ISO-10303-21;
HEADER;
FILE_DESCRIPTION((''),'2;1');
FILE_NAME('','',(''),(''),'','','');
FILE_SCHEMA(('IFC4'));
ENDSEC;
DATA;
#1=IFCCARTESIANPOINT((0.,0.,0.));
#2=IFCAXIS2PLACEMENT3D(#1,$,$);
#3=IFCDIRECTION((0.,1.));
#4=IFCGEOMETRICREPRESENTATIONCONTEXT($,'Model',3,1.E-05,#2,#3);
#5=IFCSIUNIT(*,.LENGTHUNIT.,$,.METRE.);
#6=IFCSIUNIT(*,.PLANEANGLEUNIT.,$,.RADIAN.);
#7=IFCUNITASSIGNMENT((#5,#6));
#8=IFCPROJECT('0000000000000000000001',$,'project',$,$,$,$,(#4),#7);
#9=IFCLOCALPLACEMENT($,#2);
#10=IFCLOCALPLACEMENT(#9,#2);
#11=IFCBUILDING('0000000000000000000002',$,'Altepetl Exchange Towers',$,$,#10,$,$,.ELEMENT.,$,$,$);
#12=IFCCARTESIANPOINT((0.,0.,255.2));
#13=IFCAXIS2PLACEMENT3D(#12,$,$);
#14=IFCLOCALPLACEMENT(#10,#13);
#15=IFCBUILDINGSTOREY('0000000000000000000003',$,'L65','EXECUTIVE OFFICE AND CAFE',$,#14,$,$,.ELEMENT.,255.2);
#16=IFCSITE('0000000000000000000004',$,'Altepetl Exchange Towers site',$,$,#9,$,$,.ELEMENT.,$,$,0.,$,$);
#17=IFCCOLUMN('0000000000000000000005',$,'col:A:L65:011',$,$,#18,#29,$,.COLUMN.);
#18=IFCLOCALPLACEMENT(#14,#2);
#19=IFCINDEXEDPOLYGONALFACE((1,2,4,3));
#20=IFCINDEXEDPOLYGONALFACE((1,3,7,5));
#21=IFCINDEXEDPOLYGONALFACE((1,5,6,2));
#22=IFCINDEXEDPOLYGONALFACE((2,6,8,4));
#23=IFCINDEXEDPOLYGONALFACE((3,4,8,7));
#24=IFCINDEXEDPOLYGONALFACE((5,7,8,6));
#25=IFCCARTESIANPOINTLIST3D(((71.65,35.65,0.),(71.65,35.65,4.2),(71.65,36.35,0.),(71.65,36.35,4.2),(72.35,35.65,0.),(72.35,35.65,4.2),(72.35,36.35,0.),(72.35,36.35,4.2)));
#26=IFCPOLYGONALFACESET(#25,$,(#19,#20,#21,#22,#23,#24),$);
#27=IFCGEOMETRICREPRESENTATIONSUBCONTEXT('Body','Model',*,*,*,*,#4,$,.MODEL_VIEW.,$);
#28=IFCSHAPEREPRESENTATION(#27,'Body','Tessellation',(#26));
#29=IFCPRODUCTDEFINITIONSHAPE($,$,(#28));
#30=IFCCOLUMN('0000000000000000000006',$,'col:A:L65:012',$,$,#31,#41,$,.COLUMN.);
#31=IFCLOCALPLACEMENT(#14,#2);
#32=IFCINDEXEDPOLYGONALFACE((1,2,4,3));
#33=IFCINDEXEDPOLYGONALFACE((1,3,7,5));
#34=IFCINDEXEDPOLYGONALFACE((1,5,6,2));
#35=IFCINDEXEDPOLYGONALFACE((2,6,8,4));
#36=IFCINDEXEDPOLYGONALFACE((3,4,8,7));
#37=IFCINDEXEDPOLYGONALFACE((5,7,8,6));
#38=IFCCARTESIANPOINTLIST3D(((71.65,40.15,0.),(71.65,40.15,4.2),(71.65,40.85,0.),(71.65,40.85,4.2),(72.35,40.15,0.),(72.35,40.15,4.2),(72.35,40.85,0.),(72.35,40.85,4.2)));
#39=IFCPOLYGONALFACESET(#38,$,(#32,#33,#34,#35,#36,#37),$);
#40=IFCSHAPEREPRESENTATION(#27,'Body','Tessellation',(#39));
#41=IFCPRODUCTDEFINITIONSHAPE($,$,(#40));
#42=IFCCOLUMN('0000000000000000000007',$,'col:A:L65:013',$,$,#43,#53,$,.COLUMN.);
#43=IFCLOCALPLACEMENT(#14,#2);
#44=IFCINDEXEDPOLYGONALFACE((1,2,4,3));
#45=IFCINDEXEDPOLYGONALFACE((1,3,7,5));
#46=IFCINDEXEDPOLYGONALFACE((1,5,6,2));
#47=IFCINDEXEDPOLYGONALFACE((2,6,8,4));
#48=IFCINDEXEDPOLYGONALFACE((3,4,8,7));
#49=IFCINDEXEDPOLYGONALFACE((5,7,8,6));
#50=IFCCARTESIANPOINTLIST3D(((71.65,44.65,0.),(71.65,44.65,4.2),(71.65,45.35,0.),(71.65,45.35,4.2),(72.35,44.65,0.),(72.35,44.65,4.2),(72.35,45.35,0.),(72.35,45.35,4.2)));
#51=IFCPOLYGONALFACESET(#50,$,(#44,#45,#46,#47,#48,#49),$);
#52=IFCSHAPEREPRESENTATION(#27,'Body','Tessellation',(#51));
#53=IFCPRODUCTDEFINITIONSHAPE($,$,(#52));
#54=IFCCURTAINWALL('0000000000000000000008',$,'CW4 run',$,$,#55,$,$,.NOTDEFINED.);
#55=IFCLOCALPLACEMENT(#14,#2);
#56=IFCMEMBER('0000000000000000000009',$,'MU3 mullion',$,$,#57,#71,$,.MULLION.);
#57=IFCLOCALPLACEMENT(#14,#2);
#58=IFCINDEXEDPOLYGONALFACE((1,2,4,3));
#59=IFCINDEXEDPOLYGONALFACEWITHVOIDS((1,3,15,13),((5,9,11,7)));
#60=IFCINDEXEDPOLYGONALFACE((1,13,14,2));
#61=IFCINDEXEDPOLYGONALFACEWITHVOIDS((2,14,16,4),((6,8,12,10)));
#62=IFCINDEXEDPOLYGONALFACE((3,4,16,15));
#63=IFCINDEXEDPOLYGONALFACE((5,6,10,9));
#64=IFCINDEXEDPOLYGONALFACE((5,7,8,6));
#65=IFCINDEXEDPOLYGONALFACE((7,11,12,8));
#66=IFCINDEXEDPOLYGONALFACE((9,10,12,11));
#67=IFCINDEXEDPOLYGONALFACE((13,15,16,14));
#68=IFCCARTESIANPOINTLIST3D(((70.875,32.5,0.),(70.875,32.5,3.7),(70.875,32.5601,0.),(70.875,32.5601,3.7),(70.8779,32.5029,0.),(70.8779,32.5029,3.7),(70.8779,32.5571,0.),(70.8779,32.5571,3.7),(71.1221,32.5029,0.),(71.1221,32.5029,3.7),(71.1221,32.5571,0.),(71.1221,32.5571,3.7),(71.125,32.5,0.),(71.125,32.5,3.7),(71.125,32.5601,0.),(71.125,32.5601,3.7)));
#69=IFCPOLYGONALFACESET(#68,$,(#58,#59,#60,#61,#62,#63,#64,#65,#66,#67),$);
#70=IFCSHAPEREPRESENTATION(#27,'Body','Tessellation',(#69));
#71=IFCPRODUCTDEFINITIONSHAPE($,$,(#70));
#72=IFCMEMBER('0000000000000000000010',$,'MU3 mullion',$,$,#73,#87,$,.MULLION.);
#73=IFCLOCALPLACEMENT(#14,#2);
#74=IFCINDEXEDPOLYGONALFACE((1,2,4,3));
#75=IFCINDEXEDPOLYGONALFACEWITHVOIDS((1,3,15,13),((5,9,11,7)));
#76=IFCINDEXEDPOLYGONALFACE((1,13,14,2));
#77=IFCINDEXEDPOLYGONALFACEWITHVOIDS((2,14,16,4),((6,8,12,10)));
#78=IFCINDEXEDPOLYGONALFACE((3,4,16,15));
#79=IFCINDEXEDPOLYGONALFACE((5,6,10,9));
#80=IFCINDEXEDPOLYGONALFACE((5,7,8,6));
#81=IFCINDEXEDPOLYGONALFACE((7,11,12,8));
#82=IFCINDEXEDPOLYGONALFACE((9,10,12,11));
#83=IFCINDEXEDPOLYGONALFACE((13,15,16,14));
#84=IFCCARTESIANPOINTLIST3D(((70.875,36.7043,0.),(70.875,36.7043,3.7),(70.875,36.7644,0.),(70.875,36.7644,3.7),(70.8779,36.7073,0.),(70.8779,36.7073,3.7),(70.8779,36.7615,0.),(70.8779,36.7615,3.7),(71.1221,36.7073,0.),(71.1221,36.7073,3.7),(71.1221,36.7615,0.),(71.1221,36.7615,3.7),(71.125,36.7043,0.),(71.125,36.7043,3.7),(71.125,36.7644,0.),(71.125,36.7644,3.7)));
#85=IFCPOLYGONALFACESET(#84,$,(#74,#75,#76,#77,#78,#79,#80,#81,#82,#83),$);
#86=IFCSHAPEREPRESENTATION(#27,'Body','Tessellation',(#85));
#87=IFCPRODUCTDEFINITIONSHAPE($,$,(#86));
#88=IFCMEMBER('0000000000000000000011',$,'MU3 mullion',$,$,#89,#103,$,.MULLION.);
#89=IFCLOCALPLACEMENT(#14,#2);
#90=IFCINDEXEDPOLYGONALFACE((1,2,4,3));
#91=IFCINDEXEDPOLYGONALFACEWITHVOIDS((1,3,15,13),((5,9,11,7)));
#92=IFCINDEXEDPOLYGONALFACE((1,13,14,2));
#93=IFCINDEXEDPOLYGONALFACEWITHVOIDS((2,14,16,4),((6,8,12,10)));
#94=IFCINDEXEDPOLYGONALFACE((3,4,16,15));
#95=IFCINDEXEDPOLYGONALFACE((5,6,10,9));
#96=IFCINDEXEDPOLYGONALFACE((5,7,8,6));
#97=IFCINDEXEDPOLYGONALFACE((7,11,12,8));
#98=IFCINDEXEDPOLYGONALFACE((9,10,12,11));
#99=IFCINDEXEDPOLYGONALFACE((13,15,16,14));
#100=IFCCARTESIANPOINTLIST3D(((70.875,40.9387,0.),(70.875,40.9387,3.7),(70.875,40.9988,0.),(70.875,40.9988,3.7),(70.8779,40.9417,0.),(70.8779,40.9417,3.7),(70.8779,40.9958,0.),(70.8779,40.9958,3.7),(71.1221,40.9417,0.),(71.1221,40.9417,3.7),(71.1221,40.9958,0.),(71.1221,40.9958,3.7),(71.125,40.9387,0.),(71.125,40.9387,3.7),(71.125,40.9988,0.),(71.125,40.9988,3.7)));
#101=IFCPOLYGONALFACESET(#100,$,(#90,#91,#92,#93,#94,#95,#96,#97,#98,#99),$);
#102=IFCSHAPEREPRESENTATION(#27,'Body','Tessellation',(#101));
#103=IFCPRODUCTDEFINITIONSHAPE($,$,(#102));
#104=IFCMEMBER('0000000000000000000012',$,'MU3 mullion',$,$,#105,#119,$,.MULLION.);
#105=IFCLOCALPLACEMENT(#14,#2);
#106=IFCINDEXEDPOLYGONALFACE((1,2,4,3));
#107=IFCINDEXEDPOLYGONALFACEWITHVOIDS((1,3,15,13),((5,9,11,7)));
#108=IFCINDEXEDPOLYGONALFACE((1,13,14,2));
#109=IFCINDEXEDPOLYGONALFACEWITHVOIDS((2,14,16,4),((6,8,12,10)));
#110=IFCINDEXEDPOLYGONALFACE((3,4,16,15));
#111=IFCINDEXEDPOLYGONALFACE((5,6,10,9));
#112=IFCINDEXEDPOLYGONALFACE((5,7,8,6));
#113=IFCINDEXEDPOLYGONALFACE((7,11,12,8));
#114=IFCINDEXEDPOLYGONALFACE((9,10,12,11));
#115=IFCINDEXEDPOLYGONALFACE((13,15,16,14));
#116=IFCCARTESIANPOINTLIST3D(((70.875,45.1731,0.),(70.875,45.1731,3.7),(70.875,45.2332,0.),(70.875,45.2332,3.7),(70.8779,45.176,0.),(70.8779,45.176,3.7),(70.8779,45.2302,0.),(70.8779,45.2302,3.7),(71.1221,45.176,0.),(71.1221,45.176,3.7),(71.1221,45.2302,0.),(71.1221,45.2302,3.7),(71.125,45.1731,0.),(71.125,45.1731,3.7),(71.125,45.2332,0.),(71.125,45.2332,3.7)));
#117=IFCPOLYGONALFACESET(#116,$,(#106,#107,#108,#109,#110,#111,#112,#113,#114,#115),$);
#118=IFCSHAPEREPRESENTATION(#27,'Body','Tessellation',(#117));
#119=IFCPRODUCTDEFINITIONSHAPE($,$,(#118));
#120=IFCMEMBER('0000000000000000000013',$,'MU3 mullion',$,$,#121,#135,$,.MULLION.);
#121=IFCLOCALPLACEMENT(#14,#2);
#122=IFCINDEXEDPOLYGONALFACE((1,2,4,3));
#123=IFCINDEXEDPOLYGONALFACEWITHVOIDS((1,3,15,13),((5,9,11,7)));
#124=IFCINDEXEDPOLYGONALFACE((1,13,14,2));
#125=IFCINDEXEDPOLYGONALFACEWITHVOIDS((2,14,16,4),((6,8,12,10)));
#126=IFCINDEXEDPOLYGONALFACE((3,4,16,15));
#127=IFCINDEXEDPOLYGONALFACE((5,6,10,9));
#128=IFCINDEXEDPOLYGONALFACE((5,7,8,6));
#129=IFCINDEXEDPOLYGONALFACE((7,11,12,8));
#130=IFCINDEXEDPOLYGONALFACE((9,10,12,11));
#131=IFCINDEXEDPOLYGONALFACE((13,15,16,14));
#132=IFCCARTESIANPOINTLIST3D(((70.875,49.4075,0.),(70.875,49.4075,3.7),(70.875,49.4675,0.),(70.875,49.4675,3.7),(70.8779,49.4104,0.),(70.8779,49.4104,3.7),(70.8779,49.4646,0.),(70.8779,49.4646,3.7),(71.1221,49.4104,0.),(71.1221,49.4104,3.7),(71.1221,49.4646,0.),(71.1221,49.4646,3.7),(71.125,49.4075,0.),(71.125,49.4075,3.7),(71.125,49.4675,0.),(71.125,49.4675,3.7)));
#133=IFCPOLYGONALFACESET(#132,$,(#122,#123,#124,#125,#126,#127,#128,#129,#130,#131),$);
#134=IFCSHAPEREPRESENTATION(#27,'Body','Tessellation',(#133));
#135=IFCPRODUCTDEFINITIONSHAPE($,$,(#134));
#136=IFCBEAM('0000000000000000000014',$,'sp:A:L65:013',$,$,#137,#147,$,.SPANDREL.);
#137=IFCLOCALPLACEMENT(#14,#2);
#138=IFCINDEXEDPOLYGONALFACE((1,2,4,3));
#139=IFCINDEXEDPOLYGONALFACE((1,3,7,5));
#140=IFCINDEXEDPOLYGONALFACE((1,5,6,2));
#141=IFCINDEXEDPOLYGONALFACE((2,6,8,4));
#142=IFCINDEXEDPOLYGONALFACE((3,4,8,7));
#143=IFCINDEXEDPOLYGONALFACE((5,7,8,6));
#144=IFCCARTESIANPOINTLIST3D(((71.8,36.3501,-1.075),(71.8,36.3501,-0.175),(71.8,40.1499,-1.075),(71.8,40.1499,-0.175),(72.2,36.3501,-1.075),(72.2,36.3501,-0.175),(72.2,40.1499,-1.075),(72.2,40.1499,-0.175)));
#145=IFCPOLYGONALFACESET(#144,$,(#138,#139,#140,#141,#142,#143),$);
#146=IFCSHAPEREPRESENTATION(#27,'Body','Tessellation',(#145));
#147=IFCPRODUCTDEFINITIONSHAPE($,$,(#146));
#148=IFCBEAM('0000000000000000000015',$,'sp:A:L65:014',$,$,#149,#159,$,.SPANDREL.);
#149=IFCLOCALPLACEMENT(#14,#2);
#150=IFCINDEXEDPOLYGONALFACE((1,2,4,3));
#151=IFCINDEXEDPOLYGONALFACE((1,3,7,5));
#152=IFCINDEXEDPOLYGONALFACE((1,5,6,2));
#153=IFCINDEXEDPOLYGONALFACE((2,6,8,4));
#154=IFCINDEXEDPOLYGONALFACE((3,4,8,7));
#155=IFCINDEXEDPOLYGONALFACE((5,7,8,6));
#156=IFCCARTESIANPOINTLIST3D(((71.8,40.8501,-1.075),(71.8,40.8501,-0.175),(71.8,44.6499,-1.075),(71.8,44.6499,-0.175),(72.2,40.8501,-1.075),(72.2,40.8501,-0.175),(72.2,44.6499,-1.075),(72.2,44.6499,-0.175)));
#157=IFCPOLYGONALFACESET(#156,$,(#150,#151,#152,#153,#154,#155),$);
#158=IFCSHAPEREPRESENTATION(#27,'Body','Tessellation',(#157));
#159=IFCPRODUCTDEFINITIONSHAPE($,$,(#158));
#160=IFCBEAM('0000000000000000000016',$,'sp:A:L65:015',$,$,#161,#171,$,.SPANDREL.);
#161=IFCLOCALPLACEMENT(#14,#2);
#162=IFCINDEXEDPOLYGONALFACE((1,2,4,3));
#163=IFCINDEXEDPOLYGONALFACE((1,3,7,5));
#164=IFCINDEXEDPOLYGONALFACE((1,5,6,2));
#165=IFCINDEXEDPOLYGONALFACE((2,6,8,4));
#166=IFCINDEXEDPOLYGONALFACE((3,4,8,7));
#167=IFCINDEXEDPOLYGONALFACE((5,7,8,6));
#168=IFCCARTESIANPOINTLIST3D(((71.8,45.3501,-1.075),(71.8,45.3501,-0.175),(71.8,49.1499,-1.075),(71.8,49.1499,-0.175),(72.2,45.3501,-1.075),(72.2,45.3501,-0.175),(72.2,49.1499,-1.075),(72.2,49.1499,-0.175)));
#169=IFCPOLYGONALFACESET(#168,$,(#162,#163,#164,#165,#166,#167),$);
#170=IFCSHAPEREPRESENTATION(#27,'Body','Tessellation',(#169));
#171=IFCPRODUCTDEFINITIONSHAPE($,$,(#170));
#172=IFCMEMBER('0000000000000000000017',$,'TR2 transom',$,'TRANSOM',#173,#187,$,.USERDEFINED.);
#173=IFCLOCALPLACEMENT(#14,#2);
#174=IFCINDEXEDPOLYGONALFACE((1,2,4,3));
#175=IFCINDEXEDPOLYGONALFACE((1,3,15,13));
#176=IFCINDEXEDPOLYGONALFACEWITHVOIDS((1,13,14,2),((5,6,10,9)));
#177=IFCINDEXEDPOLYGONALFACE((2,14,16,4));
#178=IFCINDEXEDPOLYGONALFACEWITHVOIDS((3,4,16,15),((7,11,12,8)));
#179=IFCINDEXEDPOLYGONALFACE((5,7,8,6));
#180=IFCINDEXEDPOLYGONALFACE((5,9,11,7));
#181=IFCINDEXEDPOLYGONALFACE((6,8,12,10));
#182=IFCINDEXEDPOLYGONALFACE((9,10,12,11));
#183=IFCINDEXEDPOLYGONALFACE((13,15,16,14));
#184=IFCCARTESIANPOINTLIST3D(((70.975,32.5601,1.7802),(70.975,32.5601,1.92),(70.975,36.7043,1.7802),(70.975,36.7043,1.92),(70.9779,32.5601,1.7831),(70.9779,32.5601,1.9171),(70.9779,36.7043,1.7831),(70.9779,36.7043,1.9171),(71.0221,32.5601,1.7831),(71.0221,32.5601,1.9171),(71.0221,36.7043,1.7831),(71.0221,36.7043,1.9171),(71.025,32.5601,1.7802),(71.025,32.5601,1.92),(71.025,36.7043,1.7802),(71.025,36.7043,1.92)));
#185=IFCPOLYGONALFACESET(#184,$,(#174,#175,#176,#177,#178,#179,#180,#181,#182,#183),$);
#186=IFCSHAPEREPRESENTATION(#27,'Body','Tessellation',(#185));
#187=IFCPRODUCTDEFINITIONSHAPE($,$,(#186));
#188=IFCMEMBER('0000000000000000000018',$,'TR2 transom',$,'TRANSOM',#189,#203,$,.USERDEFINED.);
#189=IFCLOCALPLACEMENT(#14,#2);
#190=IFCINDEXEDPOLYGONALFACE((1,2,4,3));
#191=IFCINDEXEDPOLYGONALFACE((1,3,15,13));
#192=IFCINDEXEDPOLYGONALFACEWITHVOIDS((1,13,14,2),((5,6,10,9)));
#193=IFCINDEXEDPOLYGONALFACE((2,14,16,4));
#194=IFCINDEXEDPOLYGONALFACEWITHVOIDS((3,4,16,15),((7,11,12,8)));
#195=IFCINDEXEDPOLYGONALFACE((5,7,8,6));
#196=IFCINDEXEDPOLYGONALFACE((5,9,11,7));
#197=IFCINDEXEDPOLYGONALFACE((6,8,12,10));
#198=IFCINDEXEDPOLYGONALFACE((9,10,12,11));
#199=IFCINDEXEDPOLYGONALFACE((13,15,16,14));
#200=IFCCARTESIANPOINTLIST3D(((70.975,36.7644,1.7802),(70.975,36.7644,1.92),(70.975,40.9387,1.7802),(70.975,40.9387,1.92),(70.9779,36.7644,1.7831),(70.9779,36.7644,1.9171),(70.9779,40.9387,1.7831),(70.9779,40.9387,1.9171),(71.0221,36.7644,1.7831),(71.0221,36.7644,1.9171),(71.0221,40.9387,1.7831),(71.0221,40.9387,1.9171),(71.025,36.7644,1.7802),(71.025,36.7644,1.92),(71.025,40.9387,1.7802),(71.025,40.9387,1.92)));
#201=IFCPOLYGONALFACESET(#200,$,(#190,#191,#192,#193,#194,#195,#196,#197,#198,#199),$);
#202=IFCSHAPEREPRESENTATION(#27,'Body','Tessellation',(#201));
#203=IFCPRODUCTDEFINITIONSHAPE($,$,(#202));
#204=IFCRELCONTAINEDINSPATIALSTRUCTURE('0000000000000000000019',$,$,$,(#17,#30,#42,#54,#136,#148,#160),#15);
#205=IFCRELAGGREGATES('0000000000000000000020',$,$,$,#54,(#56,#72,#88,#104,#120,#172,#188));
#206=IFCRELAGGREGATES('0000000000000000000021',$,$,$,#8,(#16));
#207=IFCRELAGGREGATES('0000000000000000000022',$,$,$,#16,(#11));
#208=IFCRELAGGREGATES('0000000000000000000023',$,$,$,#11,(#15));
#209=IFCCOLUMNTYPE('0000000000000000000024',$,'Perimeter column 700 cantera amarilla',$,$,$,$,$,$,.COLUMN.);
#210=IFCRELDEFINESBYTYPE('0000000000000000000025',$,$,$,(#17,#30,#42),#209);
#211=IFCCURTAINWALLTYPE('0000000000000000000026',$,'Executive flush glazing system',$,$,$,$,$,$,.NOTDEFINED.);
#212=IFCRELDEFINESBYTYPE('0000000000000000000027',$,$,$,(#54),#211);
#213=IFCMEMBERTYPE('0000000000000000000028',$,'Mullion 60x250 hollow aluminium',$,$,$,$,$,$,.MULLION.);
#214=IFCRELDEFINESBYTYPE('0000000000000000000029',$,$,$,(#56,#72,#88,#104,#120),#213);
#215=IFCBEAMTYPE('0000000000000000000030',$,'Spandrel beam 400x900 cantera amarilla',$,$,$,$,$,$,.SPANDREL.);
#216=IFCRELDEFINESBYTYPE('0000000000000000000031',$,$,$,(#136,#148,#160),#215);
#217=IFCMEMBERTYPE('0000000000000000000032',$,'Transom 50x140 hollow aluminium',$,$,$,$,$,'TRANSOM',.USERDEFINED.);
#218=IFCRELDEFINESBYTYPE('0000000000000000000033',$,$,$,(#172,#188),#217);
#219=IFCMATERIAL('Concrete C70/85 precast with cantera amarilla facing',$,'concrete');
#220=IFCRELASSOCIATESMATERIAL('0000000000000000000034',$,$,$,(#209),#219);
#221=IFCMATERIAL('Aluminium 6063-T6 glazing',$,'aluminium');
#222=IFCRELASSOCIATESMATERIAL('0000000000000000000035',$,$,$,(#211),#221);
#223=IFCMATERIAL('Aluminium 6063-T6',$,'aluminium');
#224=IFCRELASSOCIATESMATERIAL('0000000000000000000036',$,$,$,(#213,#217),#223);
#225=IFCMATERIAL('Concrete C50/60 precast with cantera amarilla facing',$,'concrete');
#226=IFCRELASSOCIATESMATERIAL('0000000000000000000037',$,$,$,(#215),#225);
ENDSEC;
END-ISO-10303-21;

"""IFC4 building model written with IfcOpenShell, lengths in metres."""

from ifc_helpers import new_model, si_unit, direction, frame, origin, origin_2d, place, context, subcontext, project, spatial, rectangle, hollow_rectangle, extrude, material, material_profile, profile_set, type_object, element, aggregate, save


model = new_model("IFC4")

# Units and contexts
model_context = context("Model", 3, precision=1e-05, world=origin(), true_north=direction((0.0, 1.0)))
body_context = subcontext(model_context, "Body", "Model", "MODEL_VIEW")
ifc_project = project(units=[si_unit("LENGTHUNIT", "METRE"), si_unit("PLANEANGLEUNIT", "RADIAN")], contexts=[model_context])

# Site, building, storey
site_placement = place(None, origin())
site = spatial("IfcSite", under=ifc_project, at=site_placement, Name="Altepetl Exchange Towers site", CompositionType="ELEMENT", RefElevation=0.0)
building_placement = place(site_placement, origin())
building = spatial("IfcBuilding", under=site, at=building_placement, Name="Altepetl Exchange Towers", CompositionType="ELEMENT")
storey_placement = place(building_placement, frame((0.0, 0.0, 255.2)))
storey = spatial("IfcBuildingStorey", under=building, at=storey_placement, Name="L65", Description="EXECUTIVE OFFICE AND CAFE", CompositionType="ELEMENT", Elevation=255.2)

# Columns
ifc_material_1 = material(Name="Concrete C70/85 precast with cantera amarilla facing", Category="concrete")
ifc_material_profile_1 = material_profile(ifc_material_1, rectangle(XDim=0.7, YDim=0.7, at=origin_2d()), Name="700 x 700")
ifc_profile_set_1 = profile_set([ifc_material_profile_1], Name="Concrete C70/85 precast with cantera amarilla facing")
column_type = type_object("IfcColumnType", Name="Perimeter column 700 cantera amarilla", PredefinedType="COLUMN", material=ifc_profile_set_1)
for number, where, name in (
    (1, (72.0, 36.0, 0.0), "col:A:L65:011"),
    (2, (72.0, 40.5, 0.0), "col:A:L65:012"),
    (3, (72.0, 45.0, 0.0), "col:A:L65:013"),
):
    element("IfcColumn", number, at=place(storey_placement, frame(where)), inside=storey, type_object=column_type, Name=name, PredefinedType="COLUMN", context=body_context, shape_type="SweptSolid", body=[
        extrude(rectangle(XDim=0.7, YDim=0.7, at=origin_2d()), origin(), (0.0, 0.0, 1.0), 4.2),
    ])

# Curtain wall, members
ifc_material_2 = material(Name="Aluminium 6063-T6 glazing", Category="aluminium")
curtain_wall_type = type_object("IfcCurtainWallType", Name="Executive flush glazing system", PredefinedType="NOTDEFINED", material=ifc_material_2)
curtain_wall_placement = place(storey_placement, origin())
curtain_wall = element("IfcCurtainWall", 4, at=curtain_wall_placement, inside=storey, type_object=curtain_wall_type, Name="CW4 run", PredefinedType="NOTDEFINED")
ifc_material_3 = material(Name="Aluminium 6063-T6", Category="aluminium")
ifc_material_profile_2 = material_profile(ifc_material_3, hollow_rectangle(XDim=0.0601, YDim=0.25, WallThickness=0.0029, at=origin_2d()), Name="Mullion 60x250 hollow aluminium")
ifc_profile_set_2 = profile_set([ifc_material_profile_2], Name="Aluminium 6063-T6")
member_type_1 = type_object("IfcMemberType", Name="Mullion 60x250 hollow aluminium", PredefinedType="MULLION", material=ifc_profile_set_2)
member_1_placement = place(storey_placement, frame((71.0, 32.53, 0.0), z_axis=(0.0, 0.0, 1.0), x_axis=(0.0, 1.0, 0.0)))
member_1 = element("IfcMember", 5, at=member_1_placement, type_object=member_type_1, Name="MU3 mullion", PredefinedType="MULLION", context=body_context, shape_type="SweptSolid", body=[
    extrude(hollow_rectangle(XDim=0.0601, YDim=0.25, WallThickness=0.0029, at=origin_2d()), origin(), (0.0, 0.0, 1.0), 3.7),
])
member_2_placement = place(storey_placement, frame((71.0, 36.7344, 0.0), z_axis=(0.0, 0.0, 1.0), x_axis=(0.0, 1.0, 0.0)))
member_2 = element("IfcMember", 6, at=member_2_placement, type_object=member_type_1, Name="MU3 mullion", PredefinedType="MULLION", context=body_context, shape_type="SweptSolid", body=[
    extrude(hollow_rectangle(XDim=0.0601, YDim=0.25, WallThickness=0.0029, at=origin_2d()), origin(), (0.0, 0.0, 1.0), 3.7),
])
member_3_placement = place(storey_placement, frame((71.0, 40.9688, 0.0), z_axis=(0.0, 0.0, 1.0), x_axis=(0.0, 1.0, 0.0)))
member_3 = element("IfcMember", 7, at=member_3_placement, type_object=member_type_1, Name="MU3 mullion", PredefinedType="MULLION", context=body_context, shape_type="SweptSolid", body=[
    extrude(hollow_rectangle(XDim=0.0601, YDim=0.25, WallThickness=0.0029, at=origin_2d()), origin(), (0.0, 0.0, 1.0), 3.7),
])
member_4_placement = place(storey_placement, frame((71.0, 45.2031, 0.0), z_axis=(0.0, 0.0, 1.0), x_axis=(0.0, 1.0, 0.0)))
member_4 = element("IfcMember", 8, at=member_4_placement, type_object=member_type_1, Name="MU3 mullion", PredefinedType="MULLION", context=body_context, shape_type="SweptSolid", body=[
    extrude(hollow_rectangle(XDim=0.0601, YDim=0.25, WallThickness=0.0029, at=origin_2d()), origin(), (0.0, 0.0, 1.0), 3.7),
])
member_5_placement = place(storey_placement, frame((71.0, 49.4375, 0.0), z_axis=(0.0, 0.0, 1.0), x_axis=(0.0, 1.0, 0.0)))
member_5 = element("IfcMember", 9, at=member_5_placement, type_object=member_type_1, Name="MU3 mullion", PredefinedType="MULLION", context=body_context, shape_type="SweptSolid", body=[
    extrude(hollow_rectangle(XDim=0.0601, YDim=0.25, WallThickness=0.0029, at=origin_2d()), origin(), (0.0, 0.0, 1.0), 3.7),
])

# Beams
ifc_material_4 = material(Name="Concrete C50/60 precast with cantera amarilla facing", Category="concrete")
ifc_material_profile_3 = material_profile(ifc_material_4, rectangle(XDim=0.3999, YDim=0.8999, at=origin_2d()), Name="400 x 900")
ifc_profile_set_3 = profile_set([ifc_material_profile_3], Name="Concrete C50/60 precast with cantera amarilla facing")
beam_type = type_object("IfcBeamType", Name="Spandrel beam 400x900 cantera amarilla", PredefinedType="SPANDREL", material=ifc_profile_set_3)
for number, where, z_axis, x_axis, name in (
    (10, (72.0, 36.3501, -0.625), (0.0, 1.0, 0.0), (-1.0, 0.0, 0.0), "sp:A:L65:013"),
    (11, (72.0, 40.8501, -0.625), (0.0, 1.0, 0.0), (-1.0, 0.0, 0.0), "sp:A:L65:014"),
    (12, (72.0, 45.3501, -0.625), (0.0, 1.0, 0.0), (-1.0, 0.0, 0.0), "sp:A:L65:015"),
):
    element("IfcBeam", number, at=place(storey_placement, frame(where, z_axis=z_axis, x_axis=x_axis)), inside=storey, type_object=beam_type, Name=name, PredefinedType="SPANDREL", context=body_context, shape_type="SweptSolid", body=[
        extrude(rectangle(XDim=0.3999, YDim=0.8999, at=origin_2d()), origin(), (0.0, 0.0, 1.0), 3.7998),
    ])

# Members
ifc_material_profile_4 = material_profile(ifc_material_3, hollow_rectangle(XDim=0.05, YDim=0.1399, WallThickness=0.0029, at=origin_2d()), Name="Transom 50x140 hollow aluminium")
ifc_profile_set_4 = profile_set([ifc_material_profile_4], Name="Aluminium 6063-T6")
member_type_2 = type_object("IfcMemberType", Name="Transom 50x140 hollow aluminium", ElementType="TRANSOM", PredefinedType="USERDEFINED", material=ifc_profile_set_4)
member_6_placement = place(storey_placement, frame((71.0, 32.5601, 1.8501), z_axis=(0.0, 1.0, 0.0), x_axis=(-1.0, 0.0, 0.0)))
member_6 = element("IfcMember", 13, at=member_6_placement, type_object=member_type_2, Name="TR2 transom", ObjectType="TRANSOM", PredefinedType="USERDEFINED", context=body_context, shape_type="SweptSolid", body=[
    extrude(hollow_rectangle(XDim=0.05, YDim=0.1399, WallThickness=0.0029, at=origin_2d()), origin(), (0.0, 0.0, 1.0), 4.1443),
])
member_7_placement = place(storey_placement, frame((71.0, 36.7644, 1.8501), z_axis=(0.0, 1.0, 0.0), x_axis=(-1.0, 0.0, 0.0)))
member_7 = element("IfcMember", 14, at=member_7_placement, type_object=member_type_2, Name="TR2 transom", ObjectType="TRANSOM", PredefinedType="USERDEFINED", context=body_context, shape_type="SweptSolid", body=[
    extrude(hollow_rectangle(XDim=0.05, YDim=0.1399, WallThickness=0.0029, at=origin_2d()), origin(), (0.0, 0.0, 1.0), 4.1743),
])

aggregate(curtain_wall, [member_1, member_2, member_3, member_4, member_5, member_6, member_7])

save(model, "model.ifc")
